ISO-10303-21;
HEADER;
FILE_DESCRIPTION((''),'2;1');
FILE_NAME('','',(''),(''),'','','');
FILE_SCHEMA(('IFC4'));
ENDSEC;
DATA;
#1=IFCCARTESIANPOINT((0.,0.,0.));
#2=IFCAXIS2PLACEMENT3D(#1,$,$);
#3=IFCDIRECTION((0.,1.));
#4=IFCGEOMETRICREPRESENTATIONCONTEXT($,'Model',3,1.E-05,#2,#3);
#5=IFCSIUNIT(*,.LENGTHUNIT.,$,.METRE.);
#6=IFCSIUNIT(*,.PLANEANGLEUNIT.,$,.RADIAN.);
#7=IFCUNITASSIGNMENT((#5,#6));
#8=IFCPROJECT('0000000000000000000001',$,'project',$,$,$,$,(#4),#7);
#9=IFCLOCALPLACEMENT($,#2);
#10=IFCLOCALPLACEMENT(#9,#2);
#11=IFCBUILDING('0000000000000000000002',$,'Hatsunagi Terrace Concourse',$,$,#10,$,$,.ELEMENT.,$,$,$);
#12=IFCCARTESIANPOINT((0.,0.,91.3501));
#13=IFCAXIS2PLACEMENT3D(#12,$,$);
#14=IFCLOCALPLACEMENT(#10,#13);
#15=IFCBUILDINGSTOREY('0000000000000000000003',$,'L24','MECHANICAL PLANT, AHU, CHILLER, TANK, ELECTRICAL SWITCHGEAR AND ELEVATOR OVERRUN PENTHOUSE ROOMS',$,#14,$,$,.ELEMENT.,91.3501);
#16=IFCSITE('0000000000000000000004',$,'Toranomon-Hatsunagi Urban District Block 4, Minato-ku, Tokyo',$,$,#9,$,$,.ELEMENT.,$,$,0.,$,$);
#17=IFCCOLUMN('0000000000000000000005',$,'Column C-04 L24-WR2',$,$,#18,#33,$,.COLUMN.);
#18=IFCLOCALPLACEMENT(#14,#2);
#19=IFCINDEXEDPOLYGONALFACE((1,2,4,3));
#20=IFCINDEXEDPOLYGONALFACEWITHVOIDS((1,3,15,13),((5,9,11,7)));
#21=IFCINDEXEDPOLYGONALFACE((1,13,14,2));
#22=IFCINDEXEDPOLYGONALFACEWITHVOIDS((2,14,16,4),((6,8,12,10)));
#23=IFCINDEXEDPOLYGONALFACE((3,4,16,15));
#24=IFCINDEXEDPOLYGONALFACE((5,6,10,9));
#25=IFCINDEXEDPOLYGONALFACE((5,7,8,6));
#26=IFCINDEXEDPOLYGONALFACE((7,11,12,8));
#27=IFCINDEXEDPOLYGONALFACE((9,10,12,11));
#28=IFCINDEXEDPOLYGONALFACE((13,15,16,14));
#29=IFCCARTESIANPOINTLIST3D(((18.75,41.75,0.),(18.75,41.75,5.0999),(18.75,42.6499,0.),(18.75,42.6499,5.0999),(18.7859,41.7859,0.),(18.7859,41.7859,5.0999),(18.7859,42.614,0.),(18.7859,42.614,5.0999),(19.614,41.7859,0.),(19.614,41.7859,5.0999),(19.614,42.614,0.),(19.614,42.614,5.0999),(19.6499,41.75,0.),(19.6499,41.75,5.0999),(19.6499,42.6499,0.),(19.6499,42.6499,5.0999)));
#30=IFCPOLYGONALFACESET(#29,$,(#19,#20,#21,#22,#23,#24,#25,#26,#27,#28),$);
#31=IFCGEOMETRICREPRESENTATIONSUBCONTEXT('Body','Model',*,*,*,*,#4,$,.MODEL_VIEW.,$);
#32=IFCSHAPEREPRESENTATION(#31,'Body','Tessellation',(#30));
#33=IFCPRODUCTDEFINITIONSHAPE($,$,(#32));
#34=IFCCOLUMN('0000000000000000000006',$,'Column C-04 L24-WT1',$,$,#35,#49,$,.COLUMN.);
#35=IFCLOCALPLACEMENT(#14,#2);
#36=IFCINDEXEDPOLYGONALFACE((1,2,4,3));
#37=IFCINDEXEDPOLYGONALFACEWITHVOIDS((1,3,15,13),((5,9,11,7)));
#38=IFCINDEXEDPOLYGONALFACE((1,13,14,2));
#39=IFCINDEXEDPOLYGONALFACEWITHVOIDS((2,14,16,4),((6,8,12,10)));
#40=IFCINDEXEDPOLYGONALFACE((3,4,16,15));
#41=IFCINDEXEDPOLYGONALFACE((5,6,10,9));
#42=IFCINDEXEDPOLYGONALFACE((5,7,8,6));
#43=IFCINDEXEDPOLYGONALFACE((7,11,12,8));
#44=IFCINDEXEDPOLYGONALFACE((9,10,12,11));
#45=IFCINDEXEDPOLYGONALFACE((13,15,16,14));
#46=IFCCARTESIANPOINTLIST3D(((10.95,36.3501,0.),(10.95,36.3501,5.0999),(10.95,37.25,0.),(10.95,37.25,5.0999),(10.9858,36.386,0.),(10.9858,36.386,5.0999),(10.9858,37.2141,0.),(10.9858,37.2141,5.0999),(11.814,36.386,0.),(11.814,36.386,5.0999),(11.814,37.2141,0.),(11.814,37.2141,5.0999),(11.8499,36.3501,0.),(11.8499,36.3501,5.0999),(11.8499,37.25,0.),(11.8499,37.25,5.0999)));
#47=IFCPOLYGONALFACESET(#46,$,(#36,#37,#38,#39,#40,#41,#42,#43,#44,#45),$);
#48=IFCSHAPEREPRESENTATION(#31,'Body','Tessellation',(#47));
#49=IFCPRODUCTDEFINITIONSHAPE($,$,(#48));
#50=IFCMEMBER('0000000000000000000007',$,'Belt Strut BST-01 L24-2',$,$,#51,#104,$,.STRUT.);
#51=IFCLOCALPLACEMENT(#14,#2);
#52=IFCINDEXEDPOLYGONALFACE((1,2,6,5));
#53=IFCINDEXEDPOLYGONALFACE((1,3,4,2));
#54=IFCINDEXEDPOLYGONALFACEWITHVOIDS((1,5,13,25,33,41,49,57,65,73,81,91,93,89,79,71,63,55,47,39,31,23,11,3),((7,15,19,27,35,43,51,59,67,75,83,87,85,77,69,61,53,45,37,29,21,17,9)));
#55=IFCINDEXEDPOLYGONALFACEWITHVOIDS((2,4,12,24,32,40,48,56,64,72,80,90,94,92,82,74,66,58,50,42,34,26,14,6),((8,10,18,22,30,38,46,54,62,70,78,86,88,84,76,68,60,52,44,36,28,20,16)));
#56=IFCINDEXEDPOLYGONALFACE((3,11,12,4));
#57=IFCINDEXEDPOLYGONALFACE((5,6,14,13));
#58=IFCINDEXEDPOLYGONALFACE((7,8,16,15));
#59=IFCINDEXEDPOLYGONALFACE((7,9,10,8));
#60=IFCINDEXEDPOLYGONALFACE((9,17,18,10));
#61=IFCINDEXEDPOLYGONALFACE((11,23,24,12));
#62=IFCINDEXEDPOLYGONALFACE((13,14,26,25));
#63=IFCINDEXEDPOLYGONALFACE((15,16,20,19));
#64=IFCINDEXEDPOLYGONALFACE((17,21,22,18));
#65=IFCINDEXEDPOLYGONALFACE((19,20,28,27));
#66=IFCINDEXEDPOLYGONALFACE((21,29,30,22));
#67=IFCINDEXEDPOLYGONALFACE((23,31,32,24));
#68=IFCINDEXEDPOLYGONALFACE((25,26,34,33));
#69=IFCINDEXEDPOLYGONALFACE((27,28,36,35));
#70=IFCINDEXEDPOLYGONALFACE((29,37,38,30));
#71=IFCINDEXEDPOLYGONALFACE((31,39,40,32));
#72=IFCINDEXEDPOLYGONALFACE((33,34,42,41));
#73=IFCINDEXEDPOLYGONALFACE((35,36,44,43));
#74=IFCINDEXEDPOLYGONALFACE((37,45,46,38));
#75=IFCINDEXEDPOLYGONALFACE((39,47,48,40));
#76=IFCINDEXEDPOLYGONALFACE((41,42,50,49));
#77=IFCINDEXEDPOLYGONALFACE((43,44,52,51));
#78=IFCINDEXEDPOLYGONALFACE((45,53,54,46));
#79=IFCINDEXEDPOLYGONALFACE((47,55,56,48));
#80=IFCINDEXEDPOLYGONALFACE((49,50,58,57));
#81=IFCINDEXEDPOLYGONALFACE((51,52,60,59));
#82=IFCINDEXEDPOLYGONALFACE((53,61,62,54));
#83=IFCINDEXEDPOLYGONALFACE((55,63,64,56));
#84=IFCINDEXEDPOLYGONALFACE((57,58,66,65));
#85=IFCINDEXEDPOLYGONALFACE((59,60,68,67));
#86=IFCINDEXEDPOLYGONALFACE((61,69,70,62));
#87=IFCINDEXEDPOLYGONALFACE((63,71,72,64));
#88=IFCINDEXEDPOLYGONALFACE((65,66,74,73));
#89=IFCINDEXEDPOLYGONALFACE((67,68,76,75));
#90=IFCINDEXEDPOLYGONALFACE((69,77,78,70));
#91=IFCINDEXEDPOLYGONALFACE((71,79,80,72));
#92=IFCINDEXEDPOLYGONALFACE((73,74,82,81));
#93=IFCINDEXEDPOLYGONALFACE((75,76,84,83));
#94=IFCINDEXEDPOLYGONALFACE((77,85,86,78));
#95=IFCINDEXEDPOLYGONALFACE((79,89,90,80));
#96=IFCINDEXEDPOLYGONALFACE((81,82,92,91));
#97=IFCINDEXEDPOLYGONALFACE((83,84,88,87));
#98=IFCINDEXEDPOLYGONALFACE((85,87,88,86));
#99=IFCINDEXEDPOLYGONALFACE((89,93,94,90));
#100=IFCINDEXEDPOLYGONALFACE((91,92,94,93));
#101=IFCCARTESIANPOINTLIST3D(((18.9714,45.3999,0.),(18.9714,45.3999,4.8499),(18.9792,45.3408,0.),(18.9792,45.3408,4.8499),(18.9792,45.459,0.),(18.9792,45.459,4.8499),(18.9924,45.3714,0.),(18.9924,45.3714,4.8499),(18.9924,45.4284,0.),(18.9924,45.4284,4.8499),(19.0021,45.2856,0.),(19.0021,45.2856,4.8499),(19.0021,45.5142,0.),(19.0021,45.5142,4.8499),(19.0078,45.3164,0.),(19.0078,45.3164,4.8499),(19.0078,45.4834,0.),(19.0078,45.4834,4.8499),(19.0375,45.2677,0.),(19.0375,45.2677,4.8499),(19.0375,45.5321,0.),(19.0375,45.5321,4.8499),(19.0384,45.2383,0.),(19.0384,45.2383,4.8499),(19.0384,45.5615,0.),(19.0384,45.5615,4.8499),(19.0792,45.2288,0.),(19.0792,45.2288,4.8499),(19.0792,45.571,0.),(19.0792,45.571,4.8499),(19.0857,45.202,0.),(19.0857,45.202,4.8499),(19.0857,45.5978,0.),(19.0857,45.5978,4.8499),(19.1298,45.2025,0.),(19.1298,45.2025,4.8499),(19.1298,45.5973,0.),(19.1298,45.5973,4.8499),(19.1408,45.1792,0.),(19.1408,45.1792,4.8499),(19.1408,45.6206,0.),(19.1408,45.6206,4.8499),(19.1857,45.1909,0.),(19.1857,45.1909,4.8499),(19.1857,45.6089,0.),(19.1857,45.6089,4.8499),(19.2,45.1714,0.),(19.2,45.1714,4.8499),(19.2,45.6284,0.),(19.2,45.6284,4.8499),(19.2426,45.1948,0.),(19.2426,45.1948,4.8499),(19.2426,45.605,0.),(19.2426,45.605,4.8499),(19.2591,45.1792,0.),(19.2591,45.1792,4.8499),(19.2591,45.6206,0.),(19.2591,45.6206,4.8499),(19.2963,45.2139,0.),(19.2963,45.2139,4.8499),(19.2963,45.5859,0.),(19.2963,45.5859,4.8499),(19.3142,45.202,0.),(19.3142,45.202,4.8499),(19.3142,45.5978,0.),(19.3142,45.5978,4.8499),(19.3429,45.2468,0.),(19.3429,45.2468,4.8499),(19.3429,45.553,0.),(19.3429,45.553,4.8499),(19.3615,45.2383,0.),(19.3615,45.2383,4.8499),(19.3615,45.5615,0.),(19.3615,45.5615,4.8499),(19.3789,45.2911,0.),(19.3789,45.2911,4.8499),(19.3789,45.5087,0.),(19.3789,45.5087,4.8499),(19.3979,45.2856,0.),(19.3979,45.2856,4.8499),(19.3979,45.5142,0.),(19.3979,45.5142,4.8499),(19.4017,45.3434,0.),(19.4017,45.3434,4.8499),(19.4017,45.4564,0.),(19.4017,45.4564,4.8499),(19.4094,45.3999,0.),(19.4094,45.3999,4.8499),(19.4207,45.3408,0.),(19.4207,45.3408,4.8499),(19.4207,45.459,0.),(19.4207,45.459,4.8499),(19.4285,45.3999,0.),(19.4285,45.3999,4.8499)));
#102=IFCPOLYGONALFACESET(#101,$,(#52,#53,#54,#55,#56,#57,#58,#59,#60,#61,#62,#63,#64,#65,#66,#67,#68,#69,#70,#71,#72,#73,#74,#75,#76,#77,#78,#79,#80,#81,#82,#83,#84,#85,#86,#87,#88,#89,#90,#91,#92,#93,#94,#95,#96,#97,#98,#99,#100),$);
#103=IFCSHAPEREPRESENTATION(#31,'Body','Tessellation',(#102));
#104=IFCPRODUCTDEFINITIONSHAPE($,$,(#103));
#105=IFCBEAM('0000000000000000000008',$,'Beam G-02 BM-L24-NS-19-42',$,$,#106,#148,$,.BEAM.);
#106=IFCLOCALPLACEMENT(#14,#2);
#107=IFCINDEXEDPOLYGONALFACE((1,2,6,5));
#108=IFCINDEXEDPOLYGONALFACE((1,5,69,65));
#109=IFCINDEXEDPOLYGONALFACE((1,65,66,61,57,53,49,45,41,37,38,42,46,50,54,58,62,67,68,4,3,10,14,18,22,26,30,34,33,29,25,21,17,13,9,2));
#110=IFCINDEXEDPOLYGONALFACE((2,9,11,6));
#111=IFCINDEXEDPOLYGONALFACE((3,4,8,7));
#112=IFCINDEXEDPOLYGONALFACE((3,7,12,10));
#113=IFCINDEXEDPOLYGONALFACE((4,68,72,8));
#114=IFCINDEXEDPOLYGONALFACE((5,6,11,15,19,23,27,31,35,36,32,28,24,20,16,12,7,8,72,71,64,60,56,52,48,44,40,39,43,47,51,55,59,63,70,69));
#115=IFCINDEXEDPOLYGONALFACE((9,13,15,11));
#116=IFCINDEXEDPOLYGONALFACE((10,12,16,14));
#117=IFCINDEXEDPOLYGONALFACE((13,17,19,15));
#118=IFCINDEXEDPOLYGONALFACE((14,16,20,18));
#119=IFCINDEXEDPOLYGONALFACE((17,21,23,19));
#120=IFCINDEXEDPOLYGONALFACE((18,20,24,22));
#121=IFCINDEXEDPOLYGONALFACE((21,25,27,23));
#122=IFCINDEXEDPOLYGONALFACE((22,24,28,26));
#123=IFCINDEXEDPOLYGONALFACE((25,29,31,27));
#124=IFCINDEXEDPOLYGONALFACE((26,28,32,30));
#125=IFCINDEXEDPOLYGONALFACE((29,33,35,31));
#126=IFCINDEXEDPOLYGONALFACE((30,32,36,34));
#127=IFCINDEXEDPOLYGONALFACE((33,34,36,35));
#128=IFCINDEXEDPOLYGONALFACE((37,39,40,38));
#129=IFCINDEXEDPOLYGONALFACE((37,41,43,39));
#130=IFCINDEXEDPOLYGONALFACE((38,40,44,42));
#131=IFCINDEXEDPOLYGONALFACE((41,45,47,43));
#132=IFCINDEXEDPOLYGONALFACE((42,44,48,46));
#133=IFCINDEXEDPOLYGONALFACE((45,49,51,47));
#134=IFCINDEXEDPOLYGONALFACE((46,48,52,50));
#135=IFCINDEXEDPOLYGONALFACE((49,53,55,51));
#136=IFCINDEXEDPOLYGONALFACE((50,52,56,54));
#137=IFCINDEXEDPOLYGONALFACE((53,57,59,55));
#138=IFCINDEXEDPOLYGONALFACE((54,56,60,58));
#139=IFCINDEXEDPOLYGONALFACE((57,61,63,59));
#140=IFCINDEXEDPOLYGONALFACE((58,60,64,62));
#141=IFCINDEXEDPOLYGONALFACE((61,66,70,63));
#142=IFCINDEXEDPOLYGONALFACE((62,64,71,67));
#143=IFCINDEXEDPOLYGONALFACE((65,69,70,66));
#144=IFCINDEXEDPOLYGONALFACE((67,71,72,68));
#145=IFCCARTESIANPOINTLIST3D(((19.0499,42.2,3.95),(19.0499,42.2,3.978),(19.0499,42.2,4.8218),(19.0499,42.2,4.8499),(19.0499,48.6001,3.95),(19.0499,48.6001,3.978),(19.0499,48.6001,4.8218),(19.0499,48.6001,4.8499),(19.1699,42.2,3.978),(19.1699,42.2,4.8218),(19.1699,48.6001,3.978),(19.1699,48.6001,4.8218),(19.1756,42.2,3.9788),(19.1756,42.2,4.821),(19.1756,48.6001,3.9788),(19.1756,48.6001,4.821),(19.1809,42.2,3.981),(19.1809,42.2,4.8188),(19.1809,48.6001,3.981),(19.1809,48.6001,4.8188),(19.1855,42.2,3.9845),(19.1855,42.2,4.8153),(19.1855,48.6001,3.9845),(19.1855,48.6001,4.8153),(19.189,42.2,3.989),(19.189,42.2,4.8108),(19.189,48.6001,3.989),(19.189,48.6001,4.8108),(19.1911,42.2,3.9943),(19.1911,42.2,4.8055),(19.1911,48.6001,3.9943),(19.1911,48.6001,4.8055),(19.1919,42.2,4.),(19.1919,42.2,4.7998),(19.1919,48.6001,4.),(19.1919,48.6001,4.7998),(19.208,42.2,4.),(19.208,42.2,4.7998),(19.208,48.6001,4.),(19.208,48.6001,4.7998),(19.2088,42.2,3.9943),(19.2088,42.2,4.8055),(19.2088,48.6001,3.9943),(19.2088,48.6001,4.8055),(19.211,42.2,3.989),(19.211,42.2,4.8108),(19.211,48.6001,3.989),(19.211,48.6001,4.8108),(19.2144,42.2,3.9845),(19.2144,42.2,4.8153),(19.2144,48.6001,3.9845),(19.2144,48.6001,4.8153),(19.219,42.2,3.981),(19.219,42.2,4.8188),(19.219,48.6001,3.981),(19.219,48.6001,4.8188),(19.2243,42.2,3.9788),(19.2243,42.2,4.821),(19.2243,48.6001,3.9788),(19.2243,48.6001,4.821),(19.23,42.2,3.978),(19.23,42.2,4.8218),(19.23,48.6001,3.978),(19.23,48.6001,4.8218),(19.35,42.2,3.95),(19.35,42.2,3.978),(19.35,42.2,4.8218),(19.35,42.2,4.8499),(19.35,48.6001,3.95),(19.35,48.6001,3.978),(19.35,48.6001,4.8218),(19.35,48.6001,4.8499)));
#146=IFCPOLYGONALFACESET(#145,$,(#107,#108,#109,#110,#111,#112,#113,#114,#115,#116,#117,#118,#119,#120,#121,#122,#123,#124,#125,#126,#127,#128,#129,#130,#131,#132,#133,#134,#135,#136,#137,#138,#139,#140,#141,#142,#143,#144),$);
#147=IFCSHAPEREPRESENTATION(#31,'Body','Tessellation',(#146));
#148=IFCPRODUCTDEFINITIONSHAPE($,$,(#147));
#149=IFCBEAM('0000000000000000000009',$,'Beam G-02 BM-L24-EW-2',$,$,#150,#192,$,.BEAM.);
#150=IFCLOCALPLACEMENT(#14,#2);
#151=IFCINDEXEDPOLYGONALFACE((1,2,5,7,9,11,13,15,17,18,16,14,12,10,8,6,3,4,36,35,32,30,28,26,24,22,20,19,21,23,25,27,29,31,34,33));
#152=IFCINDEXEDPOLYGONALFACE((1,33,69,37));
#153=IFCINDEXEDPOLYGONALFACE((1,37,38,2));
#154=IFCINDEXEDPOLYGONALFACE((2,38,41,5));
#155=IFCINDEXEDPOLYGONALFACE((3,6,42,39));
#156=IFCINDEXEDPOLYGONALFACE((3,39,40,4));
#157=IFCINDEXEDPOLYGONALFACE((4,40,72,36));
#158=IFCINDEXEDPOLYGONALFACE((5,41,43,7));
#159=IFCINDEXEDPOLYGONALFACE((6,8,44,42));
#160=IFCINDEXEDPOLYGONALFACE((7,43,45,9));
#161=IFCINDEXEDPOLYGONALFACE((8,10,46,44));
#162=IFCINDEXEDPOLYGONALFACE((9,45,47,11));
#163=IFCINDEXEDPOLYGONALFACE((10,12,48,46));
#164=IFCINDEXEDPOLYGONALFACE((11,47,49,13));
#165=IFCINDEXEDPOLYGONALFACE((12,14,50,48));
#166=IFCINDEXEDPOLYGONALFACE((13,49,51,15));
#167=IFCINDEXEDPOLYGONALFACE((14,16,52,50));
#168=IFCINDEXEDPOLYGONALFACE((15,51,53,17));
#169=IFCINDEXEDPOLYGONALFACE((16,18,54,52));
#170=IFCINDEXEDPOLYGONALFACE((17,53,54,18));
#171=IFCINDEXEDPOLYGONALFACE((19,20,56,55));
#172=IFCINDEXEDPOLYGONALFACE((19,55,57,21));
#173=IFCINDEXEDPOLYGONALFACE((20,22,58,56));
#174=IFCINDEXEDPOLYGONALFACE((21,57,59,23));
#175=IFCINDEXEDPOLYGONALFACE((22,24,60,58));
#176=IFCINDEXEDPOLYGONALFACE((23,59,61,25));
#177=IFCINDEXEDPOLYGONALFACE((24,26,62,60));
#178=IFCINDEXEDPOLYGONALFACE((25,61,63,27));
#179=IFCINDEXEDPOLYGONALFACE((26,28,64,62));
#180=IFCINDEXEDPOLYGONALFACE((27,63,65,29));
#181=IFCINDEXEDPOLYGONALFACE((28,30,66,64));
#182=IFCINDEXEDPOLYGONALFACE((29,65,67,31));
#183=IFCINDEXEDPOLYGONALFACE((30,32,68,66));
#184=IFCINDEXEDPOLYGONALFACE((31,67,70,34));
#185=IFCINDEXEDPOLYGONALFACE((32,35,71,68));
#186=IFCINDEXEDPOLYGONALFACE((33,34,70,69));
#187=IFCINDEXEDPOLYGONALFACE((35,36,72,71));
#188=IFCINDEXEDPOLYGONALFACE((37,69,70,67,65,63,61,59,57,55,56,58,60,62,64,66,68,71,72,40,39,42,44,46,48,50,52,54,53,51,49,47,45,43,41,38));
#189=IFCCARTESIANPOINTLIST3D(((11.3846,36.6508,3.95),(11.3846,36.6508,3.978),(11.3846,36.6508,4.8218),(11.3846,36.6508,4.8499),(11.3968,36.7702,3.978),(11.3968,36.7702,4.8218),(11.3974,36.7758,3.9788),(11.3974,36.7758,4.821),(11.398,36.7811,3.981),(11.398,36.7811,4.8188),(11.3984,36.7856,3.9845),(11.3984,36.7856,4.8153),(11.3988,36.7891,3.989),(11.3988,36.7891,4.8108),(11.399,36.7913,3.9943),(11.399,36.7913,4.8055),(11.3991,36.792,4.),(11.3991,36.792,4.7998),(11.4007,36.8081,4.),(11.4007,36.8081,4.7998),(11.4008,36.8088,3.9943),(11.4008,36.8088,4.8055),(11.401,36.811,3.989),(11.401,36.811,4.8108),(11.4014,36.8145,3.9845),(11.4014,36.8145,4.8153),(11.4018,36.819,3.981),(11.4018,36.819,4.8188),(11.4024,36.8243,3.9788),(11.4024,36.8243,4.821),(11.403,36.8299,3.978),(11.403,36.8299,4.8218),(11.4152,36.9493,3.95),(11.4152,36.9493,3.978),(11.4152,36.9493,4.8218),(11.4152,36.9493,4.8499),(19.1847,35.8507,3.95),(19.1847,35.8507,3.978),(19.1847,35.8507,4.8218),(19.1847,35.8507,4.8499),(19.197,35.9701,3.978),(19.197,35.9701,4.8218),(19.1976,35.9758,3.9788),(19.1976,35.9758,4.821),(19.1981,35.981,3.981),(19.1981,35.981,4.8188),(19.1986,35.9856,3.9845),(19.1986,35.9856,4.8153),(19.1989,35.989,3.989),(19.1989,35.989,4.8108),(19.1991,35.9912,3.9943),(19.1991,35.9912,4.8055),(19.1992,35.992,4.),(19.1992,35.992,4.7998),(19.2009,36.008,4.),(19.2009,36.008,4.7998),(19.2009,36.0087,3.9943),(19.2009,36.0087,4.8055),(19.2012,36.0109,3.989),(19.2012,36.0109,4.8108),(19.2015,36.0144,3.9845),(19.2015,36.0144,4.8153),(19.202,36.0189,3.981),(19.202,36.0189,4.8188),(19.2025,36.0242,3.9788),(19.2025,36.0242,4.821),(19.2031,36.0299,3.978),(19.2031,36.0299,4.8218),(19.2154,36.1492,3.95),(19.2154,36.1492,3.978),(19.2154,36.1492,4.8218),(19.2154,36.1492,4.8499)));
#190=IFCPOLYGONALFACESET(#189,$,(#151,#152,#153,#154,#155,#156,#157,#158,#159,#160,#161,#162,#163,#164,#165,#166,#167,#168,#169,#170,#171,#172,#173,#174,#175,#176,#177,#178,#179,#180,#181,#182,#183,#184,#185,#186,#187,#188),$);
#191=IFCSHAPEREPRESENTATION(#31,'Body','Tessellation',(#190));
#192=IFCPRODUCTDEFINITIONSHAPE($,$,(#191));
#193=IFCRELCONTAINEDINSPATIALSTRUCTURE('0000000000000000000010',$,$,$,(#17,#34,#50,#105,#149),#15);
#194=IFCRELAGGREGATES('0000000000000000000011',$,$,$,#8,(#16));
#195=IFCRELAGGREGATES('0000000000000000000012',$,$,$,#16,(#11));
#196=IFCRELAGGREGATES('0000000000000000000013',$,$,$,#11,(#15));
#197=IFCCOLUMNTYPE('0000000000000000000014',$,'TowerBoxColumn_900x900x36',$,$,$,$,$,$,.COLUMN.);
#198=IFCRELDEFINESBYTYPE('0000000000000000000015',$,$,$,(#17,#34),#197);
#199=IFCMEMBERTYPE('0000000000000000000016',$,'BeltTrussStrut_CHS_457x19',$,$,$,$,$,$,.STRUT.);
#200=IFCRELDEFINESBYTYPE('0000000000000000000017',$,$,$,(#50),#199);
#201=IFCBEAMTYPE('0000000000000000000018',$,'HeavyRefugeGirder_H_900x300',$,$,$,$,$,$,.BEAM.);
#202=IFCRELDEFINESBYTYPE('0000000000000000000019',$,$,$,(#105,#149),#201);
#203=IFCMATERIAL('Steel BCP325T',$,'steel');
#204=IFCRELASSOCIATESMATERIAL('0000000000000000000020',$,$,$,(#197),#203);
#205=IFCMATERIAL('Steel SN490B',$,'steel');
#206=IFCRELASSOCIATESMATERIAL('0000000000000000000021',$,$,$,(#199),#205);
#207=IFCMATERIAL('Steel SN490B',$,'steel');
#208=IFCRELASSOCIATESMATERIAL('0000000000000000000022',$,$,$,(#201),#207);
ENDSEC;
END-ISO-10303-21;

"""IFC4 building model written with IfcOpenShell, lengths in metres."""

from ifc_helpers import new_model, si_unit, direction, frame, origin, origin_2d, place, context, subcontext, project, spatial, hollow_rectangle, hollow_circle, i_section, extrude, material, material_profile, profile_set, type_object, element, save


model = new_model("IFC4")

# Units and contexts
model_context = context("Model", 3, precision=1e-05, world=origin(), true_north=direction((0.0, 1.0)))
body_context = subcontext(model_context, "Body", "Model", "MODEL_VIEW")
ifc_project = project(units=[si_unit("LENGTHUNIT", "METRE"), si_unit("PLANEANGLEUNIT", "RADIAN")], contexts=[model_context])

# Site, building, storey
site_placement = place(None, origin())
site = spatial("IfcSite", under=ifc_project, at=site_placement, Name="Toranomon-Hatsunagi Urban District Block 4, Minato-ku, Tokyo", CompositionType="ELEMENT", RefElevation=0.0)
building_placement = place(site_placement, origin())
building = spatial("IfcBuilding", under=site, at=building_placement, Name="Hatsunagi Terrace Concourse", CompositionType="ELEMENT")
storey_placement = place(building_placement, frame((0.0, 0.0, 91.3501)))
storey = spatial("IfcBuildingStorey", under=building, at=storey_placement, Name="L24", Description="MECHANICAL PLANT, AHU, CHILLER, TANK, ELECTRICAL SWITCHGEAR AND ELEVATOR OVERRUN PENTHOUSE ROOMS", CompositionType="ELEMENT", Elevation=91.3501)

# Columns
ifc_material_1 = material(Name="Steel BCP325T", Category="steel")
ifc_material_profile_1 = material_profile(ifc_material_1, hollow_rectangle(XDim=0.8999, YDim=0.8999, WallThickness=0.0359, at=origin_2d()), Name="BCP-900x900x36")
ifc_profile_set_1 = profile_set([ifc_material_profile_1], Name="Steel BCP325T")
column_type = type_object("IfcColumnType", Name="TowerBoxColumn_900x900x36", PredefinedType="COLUMN", material=ifc_profile_set_1)
for number, where, z_axis, x_axis, name in (
    (1, (19.2, 42.2, 0.0), (0.0, 0.0, 1.0), (1.0, 0.0, 0.0), "Column C-04 L24-WR2"),
    (2, (11.3999, 36.8, 0.0), (0.0, 0.0, 1.0), (1.0, 0.0, 0.0), "Column C-04 L24-WT1"),
):
    element("IfcColumn", number, at=place(storey_placement, frame(where, z_axis=z_axis, x_axis=x_axis)), inside=storey, type_object=column_type, Name=name, PredefinedType="COLUMN", context=body_context, shape_type="SweptSolid", body=[
        extrude(hollow_rectangle(XDim=0.8999, YDim=0.8999, WallThickness=0.0359, at=origin_2d()), origin(), (0.0, 0.0, 1.0), 5.0999),
    ])

# Member
ifc_material_2 = material(Name="Steel SN490B", Category="steel")
ifc_material_profile_2 = material_profile(ifc_material_2, hollow_circle(Radius=0.2285, WallThickness=0.019, at=origin_2d()), Name="CHS-457.2x19")
ifc_profile_set_2 = profile_set([ifc_material_profile_2], Name="Steel SN490B")
member_type_1 = type_object("IfcMemberType", Name="BeltTrussStrut_CHS_457x19", PredefinedType="STRUT", material=ifc_profile_set_2)
member_1_placement = place(storey_placement, frame((19.2, 45.3999, 0.0), z_axis=(0.0, 0.0, 1.0), x_axis=(1.0, 0.0, 0.0)))
element("IfcMember", 3, at=member_1_placement, inside=storey, type_object=member_type_1, Name="Belt Strut BST-01 L24-2", PredefinedType="STRUT", context=body_context, shape_type="SweptSolid", body=[
    extrude(hollow_circle(Radius=0.2285, WallThickness=0.019, at=origin_2d()), origin(), (0.0, 0.0, 1.0), 4.8499),
])

# Beams
ifc_material_3 = material(Name="Steel SN490B", Category="steel")
ifc_material_profile_3 = material_profile(ifc_material_3, i_section(OverallWidth=0.3, OverallDepth=0.8999, WebThickness=0.0161, FlangeThickness=0.0281, FilletRadius=0.022, at=origin_2d()), Name="H-900x300x16x28")
ifc_profile_set_3 = profile_set([ifc_material_profile_3], Name="Steel SN490B")
beam_type_1 = type_object("IfcBeamType", Name="HeavyRefugeGirder_H_900x300", PredefinedType="BEAM", material=ifc_profile_set_3)
beam_1_placement = place(storey_placement, frame((19.2, 42.2, 4.3999), z_axis=(0.0, 1.0, 0.0), x_axis=(-1.0, 0.0, 0.0)))
element("IfcBeam", 4, at=beam_1_placement, inside=storey, type_object=beam_type_1, Name="Beam G-02 BM-L24-NS-19-42", PredefinedType="BEAM", context=body_context, shape_type="SweptSolid", body=[
    extrude(i_section(OverallWidth=0.3, OverallDepth=0.8999, WebThickness=0.0161, FlangeThickness=0.0281, FilletRadius=0.022, at=origin_2d()), origin(), (0.0, 0.0, 1.0), 6.4001),
])
beam_2_placement = place(storey_placement, frame((11.3999, 36.8, 4.3999), z_axis=(0.994781, -0.102034, 0.0), x_axis=(0.102034, 0.994781, 0.0)))
element("IfcBeam", 5, at=beam_2_placement, inside=storey, type_object=beam_type_1, Name="Beam G-02 BM-L24-EW-2", PredefinedType="BEAM", context=body_context, shape_type="SweptSolid", body=[
    extrude(i_section(OverallWidth=0.3, OverallDepth=0.8999, WebThickness=0.0161, FlangeThickness=0.0281, FilletRadius=0.022, at=origin_2d()), origin(), (0.0, 0.0, 1.0), 7.8411),
])

save(model, "model.ifc")
